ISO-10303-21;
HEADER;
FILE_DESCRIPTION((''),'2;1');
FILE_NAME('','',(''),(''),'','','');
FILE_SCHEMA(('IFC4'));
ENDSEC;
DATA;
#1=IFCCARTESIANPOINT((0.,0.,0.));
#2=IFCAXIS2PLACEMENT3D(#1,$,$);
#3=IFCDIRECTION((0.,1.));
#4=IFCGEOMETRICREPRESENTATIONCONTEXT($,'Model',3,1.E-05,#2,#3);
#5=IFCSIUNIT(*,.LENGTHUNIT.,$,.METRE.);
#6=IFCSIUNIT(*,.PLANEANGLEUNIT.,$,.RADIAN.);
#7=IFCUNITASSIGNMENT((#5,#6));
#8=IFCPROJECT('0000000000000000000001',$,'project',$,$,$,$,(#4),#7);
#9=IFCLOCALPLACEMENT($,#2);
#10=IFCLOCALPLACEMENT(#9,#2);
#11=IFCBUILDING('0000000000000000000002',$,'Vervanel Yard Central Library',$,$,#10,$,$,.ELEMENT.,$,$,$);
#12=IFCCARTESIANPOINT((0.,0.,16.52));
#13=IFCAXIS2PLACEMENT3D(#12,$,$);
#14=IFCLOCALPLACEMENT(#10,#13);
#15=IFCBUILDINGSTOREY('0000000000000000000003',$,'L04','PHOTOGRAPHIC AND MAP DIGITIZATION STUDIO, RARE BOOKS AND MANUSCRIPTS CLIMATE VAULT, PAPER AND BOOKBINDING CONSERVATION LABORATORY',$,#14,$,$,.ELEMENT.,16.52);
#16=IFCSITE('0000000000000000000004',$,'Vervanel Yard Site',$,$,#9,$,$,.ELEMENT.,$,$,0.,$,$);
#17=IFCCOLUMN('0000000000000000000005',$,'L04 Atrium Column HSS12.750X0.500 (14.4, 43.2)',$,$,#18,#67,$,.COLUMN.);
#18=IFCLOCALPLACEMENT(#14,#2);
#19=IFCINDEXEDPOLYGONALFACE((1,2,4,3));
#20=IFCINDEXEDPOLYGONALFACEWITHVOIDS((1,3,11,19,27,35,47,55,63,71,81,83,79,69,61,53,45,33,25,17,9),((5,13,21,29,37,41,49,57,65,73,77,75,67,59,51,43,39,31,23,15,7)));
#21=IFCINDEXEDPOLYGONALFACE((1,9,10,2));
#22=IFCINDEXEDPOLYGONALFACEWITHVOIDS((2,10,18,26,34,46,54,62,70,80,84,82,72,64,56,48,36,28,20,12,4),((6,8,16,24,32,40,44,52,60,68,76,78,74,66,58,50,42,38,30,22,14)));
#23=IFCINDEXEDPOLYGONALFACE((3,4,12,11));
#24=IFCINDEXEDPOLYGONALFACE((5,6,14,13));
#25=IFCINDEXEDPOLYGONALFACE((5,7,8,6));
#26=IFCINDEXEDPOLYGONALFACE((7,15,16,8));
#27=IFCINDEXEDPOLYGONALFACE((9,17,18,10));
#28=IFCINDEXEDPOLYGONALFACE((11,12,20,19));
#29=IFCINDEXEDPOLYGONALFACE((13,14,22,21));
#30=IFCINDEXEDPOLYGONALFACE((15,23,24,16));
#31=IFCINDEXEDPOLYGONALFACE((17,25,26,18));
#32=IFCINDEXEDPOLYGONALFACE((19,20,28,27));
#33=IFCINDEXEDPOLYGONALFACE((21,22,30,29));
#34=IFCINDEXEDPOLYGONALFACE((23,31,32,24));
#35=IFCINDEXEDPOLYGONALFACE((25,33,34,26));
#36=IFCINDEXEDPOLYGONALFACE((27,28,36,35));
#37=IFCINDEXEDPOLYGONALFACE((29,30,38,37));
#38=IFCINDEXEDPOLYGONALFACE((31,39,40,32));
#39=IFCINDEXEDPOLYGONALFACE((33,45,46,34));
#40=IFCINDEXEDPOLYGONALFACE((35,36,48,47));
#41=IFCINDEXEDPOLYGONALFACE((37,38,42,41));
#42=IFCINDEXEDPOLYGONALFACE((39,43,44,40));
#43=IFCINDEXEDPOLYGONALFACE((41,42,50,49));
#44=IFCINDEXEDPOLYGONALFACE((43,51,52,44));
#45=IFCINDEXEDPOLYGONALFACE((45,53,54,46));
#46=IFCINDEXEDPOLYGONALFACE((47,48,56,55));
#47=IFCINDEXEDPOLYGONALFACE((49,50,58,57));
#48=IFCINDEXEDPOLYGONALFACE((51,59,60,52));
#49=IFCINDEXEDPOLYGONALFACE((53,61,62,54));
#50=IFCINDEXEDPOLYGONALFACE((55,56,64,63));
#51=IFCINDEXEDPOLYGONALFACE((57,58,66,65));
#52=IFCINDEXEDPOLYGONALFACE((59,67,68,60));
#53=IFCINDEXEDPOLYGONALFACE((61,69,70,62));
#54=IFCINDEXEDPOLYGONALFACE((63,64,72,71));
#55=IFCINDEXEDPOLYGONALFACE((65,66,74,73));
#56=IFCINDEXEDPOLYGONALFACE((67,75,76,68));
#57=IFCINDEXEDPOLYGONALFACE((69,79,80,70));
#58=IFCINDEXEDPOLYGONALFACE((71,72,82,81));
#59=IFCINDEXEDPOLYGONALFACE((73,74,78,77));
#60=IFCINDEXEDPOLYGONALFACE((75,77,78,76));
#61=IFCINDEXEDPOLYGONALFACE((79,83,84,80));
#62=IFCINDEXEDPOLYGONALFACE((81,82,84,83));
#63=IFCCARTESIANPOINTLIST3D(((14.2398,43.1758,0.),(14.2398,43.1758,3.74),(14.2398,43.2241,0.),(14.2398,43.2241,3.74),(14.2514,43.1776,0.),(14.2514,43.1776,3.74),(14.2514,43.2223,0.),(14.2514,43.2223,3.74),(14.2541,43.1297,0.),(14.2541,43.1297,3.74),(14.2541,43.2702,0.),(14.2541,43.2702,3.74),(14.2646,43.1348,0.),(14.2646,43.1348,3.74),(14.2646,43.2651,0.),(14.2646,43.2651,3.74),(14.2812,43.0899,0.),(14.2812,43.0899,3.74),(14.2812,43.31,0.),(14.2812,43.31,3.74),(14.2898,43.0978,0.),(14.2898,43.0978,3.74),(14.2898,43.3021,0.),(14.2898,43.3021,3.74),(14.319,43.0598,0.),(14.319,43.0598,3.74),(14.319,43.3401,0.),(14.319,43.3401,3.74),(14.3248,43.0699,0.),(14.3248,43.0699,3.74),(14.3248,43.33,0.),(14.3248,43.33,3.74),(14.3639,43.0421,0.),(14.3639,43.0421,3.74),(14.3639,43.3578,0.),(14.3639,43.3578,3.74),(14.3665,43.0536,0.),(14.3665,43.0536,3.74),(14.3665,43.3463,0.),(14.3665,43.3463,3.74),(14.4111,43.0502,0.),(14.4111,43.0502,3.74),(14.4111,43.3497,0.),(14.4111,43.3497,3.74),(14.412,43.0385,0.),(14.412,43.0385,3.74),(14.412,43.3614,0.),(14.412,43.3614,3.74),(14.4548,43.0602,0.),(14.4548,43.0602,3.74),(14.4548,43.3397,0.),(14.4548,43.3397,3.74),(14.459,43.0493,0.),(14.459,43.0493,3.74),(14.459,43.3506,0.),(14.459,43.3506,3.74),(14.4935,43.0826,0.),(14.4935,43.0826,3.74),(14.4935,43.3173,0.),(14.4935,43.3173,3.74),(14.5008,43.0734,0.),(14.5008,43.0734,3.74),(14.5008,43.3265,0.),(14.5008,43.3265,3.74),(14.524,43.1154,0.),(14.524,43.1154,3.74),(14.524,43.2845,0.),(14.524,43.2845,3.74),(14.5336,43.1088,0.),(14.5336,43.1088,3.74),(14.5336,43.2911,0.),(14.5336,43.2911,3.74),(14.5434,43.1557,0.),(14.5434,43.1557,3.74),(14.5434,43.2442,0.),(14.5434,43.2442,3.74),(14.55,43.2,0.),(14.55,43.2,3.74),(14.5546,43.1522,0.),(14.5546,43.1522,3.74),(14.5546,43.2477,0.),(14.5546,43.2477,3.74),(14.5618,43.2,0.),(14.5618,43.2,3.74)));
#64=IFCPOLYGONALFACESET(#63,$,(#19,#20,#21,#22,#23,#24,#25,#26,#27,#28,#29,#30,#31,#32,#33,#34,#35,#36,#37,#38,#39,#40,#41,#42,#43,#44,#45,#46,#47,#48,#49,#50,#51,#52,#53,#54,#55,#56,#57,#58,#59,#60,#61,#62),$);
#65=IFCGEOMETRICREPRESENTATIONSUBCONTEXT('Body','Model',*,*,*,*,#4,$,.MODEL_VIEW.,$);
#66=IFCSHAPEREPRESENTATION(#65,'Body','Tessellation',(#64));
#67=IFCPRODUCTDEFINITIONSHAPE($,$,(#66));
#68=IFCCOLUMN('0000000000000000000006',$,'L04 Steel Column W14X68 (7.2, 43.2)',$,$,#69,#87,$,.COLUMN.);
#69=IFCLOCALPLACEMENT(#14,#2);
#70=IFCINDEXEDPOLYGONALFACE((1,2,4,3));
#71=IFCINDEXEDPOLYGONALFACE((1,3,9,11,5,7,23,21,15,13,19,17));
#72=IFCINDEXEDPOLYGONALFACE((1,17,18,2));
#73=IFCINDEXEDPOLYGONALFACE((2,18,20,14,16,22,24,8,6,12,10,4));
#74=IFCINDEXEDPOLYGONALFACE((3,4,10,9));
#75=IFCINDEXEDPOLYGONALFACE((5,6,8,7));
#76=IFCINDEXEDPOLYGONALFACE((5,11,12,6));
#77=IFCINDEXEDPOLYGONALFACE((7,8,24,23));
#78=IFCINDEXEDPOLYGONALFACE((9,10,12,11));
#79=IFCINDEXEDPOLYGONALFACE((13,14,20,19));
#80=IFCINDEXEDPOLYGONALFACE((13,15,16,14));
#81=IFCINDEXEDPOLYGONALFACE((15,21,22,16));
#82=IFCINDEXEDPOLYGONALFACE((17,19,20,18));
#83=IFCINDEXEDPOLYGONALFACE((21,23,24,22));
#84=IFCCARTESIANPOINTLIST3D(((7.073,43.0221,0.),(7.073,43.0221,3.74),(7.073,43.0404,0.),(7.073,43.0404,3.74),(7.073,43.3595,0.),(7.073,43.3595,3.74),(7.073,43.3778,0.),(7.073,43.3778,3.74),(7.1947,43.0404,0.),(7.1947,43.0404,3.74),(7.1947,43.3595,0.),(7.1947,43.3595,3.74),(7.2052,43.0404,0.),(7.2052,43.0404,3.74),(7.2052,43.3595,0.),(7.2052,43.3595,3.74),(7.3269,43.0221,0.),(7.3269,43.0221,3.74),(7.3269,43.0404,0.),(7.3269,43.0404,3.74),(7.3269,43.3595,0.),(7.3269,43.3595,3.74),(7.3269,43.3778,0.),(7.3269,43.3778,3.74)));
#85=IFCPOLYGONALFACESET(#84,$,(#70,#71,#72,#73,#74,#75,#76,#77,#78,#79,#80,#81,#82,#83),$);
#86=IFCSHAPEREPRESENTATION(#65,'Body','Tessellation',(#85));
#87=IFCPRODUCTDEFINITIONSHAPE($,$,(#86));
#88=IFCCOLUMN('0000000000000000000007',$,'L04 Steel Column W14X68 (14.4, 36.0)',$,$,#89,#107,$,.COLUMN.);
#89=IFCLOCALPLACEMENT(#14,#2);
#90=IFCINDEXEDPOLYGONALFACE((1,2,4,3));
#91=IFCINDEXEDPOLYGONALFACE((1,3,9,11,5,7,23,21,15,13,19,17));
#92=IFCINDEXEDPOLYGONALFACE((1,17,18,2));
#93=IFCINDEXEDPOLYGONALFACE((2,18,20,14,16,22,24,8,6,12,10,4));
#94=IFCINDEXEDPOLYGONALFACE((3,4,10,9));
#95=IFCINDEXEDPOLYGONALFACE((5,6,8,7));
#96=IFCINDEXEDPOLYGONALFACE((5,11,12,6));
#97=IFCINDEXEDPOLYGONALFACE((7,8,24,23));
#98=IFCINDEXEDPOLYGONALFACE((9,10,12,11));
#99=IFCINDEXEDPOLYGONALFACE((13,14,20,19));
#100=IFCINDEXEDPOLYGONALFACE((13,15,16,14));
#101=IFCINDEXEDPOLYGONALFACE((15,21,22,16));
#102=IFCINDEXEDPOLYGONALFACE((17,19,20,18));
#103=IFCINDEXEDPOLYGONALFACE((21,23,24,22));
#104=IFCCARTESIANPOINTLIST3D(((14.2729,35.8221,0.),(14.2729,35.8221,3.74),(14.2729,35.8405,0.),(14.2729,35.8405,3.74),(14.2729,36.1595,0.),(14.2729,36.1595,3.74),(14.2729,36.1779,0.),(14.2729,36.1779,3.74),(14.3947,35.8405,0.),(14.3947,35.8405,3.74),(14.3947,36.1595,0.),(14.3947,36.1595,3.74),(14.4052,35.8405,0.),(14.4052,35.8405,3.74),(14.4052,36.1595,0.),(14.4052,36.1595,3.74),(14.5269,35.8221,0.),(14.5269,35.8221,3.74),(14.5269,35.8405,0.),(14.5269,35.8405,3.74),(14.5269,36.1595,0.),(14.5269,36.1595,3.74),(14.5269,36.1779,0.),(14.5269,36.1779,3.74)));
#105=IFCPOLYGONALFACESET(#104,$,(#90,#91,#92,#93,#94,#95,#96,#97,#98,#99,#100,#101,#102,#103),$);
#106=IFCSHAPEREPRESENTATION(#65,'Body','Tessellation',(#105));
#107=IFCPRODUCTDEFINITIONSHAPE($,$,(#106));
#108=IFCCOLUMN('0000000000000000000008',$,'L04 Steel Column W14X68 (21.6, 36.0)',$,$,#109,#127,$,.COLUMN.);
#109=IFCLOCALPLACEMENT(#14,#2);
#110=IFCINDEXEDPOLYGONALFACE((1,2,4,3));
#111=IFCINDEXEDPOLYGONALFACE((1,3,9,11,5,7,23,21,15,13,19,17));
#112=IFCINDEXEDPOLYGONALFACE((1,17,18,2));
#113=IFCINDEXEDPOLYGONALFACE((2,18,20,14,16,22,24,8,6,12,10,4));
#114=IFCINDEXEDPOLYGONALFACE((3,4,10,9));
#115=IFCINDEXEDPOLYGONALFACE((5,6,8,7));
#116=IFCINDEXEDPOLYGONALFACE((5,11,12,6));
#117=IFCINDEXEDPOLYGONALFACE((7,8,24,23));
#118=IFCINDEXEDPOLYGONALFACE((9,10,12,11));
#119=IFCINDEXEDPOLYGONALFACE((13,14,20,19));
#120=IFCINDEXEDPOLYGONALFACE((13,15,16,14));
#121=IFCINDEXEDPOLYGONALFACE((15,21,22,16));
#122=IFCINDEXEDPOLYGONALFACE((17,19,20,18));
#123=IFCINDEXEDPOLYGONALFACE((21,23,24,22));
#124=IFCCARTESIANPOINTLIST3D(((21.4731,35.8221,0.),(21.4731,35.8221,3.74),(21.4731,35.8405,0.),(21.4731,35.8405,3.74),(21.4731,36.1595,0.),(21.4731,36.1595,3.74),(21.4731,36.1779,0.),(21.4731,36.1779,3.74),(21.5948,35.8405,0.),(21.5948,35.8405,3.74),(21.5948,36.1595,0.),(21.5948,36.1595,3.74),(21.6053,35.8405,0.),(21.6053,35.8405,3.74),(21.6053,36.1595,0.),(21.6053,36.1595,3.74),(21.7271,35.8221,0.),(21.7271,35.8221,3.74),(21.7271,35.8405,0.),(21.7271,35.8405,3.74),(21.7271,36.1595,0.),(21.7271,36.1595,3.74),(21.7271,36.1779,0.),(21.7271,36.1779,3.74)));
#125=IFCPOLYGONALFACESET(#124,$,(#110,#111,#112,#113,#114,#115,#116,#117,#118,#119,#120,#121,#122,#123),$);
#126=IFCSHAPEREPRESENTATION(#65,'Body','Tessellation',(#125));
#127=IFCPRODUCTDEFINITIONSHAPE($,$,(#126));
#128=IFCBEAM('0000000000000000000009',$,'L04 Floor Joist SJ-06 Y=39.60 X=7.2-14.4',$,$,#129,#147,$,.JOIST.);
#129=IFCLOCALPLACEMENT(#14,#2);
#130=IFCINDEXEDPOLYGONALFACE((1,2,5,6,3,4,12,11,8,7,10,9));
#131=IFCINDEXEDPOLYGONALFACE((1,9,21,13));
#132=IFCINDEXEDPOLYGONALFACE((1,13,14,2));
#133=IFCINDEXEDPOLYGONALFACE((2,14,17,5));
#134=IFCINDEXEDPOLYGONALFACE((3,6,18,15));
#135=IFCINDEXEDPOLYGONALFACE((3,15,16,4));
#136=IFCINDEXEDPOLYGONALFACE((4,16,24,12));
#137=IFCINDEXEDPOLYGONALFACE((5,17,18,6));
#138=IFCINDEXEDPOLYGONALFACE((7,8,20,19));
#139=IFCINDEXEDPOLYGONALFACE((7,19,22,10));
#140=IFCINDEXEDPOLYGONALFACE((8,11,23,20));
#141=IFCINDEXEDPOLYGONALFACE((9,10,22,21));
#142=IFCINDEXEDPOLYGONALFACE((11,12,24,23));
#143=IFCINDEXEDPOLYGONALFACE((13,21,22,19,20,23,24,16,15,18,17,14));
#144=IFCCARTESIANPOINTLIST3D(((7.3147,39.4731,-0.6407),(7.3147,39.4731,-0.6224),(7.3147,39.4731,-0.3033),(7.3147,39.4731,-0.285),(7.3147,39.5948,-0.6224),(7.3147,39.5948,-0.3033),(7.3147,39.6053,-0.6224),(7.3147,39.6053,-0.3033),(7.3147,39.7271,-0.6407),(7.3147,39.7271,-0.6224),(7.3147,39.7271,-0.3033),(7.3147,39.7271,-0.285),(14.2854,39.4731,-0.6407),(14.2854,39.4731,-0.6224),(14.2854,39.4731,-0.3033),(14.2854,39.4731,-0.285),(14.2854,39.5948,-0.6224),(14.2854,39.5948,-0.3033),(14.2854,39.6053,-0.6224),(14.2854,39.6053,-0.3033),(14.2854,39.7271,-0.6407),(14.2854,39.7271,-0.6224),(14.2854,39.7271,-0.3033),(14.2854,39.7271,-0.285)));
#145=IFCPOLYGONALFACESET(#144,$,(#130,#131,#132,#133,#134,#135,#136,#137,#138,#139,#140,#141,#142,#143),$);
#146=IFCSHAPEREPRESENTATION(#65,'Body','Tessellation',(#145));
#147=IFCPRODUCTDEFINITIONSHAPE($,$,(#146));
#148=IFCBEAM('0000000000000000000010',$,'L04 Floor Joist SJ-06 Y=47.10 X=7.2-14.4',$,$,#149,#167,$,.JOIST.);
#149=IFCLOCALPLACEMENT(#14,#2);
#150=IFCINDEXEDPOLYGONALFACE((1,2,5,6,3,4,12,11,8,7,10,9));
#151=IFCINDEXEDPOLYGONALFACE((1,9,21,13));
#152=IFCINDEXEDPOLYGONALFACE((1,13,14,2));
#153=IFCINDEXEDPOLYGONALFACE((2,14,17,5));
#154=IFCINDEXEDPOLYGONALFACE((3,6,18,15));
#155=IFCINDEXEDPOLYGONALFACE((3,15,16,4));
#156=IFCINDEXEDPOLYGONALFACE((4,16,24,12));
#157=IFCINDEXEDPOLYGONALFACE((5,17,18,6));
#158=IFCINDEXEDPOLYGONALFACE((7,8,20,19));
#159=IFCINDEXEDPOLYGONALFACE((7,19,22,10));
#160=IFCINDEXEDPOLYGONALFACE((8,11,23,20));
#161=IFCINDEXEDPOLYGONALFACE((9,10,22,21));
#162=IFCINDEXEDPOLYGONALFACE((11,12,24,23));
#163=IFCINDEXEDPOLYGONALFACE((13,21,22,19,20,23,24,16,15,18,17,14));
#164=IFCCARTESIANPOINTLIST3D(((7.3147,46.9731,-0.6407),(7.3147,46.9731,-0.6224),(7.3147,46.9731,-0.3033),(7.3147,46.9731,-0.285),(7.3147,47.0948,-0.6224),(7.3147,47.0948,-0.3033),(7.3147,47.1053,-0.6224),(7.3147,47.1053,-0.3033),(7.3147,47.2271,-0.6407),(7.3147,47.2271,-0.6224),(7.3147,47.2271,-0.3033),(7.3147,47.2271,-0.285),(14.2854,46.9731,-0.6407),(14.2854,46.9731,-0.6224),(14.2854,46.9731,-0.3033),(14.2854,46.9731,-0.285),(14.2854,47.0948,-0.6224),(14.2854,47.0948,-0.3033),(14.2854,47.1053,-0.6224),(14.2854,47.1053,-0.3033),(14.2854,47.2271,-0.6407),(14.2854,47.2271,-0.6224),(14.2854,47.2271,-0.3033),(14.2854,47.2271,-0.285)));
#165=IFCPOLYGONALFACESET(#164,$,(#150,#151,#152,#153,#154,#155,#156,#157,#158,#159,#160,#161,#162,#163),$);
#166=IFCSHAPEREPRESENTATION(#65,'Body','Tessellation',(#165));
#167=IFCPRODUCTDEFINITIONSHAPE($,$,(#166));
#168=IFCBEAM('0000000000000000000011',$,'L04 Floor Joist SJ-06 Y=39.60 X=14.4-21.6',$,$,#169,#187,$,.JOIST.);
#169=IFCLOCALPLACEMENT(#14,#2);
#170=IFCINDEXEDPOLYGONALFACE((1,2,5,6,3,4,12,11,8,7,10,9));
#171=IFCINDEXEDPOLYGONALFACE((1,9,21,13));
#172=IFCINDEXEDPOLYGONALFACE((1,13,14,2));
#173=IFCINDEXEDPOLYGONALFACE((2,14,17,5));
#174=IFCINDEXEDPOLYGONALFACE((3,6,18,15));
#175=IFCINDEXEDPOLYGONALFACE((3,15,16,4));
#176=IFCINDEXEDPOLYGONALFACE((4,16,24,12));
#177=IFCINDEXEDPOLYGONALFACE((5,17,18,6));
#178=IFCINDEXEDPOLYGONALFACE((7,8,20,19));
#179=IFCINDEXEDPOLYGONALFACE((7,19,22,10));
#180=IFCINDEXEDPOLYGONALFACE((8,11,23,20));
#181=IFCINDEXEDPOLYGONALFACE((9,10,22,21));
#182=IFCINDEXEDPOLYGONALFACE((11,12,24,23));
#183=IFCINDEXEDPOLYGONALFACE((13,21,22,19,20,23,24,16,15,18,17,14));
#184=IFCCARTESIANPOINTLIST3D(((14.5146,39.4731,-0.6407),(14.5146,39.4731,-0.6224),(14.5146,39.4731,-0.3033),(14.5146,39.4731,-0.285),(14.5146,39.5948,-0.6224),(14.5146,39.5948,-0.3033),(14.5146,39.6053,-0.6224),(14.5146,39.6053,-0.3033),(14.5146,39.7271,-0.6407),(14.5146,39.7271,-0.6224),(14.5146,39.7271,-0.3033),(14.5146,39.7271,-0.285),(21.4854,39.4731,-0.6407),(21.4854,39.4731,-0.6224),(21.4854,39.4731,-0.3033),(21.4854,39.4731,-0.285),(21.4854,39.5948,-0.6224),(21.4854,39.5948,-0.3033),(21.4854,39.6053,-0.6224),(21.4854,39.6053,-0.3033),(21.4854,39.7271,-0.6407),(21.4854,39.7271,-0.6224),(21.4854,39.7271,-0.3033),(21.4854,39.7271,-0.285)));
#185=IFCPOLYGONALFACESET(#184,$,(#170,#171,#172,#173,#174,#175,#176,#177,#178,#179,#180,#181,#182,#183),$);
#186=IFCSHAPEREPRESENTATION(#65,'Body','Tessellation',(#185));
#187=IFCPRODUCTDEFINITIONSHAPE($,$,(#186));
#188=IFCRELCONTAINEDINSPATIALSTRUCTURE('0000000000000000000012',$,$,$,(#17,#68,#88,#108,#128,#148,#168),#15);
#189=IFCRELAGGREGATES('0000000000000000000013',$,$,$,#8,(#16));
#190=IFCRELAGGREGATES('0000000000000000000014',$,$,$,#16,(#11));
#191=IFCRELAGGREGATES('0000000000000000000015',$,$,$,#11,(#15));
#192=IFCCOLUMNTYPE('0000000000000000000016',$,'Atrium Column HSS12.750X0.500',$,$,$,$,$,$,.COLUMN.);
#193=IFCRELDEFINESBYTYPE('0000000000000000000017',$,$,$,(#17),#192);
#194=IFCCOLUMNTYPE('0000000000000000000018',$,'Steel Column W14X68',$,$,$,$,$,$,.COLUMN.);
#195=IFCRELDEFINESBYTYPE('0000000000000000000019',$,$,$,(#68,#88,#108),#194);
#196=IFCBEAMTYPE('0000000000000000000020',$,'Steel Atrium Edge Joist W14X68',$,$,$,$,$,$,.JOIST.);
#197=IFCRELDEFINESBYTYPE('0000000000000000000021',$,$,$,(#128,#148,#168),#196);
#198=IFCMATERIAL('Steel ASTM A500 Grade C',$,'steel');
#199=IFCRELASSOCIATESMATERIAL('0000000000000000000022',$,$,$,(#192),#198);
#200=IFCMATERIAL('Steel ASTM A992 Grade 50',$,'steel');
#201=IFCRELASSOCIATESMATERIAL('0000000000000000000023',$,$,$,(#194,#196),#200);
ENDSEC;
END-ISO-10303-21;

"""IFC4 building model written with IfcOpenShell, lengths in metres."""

from ifc_helpers import new_model, si_unit, direction, frame, origin, origin_2d, place, context, subcontext, project, spatial, hollow_circle, i_section, extrude, material, material_profile, profile_set, type_object, element, save


model = new_model("IFC4")

# Units and contexts
model_context = context("Model", 3, precision=1e-05, world=origin(), true_north=direction((0.0, 1.0)))
body_context = subcontext(model_context, "Body", "Model", "MODEL_VIEW")
ifc_project = project(units=[si_unit("LENGTHUNIT", "METRE"), si_unit("PLANEANGLEUNIT", "RADIAN")], contexts=[model_context])

# Site, building, storey
site_placement = place(None, origin())
site = spatial("IfcSite", under=ifc_project, at=site_placement, Name="Vervanel Yard Site", CompositionType="ELEMENT", RefElevation=0.0)
building_placement = place(site_placement, origin())
building = spatial("IfcBuilding", under=site, at=building_placement, Name="Vervanel Yard Central Library", CompositionType="ELEMENT")
storey_placement = place(building_placement, frame((0.0, 0.0, 16.52)))
storey = spatial("IfcBuildingStorey", under=building, at=storey_placement, Name="L04", Description="PHOTOGRAPHIC AND MAP DIGITIZATION STUDIO, RARE BOOKS AND MANUSCRIPTS CLIMATE VAULT, PAPER AND BOOKBINDING CONSERVATION LABORATORY", CompositionType="ELEMENT", Elevation=16.52)

# Columns
ifc_material_1 = material(Name="Steel ASTM A500 Grade C", Category="steel")
ifc_material_profile_1 = material_profile(ifc_material_1, hollow_circle(Radius=0.1619, WallThickness=0.0117, at=origin_2d()), Name="HSS12.750X0.500", Category="steel")
ifc_profile_set_1 = profile_set([ifc_material_profile_1], Name="Steel ASTM A500 Grade C")
column_type_1 = type_object("IfcColumnType", Name="Atrium Column HSS12.750X0.500", PredefinedType="COLUMN", material=ifc_profile_set_1)
column_placement = place(storey_placement, frame((14.3999, 43.2, 0.0), z_axis=(0.0, 0.0, 1.0), x_axis=(1.0, 0.0, 0.0)))
element("IfcColumn", 1, at=column_placement, inside=storey, type_object=column_type_1, Name="L04 Atrium Column HSS12.750X0.500 (14.4, 43.2)", PredefinedType="COLUMN", context=body_context, shape_type="SweptSolid", body=[
    extrude(hollow_circle(Radius=0.1619, WallThickness=0.0117, at=origin_2d()), origin(), (0.0, 0.0, 1.0), 3.74),
])
ifc_material_2 = material(Name="Steel ASTM A992 Grade 50", Category="steel")
ifc_material_profile_2 = material_profile(ifc_material_2, i_section(OverallWidth=0.2539, OverallDepth=0.3557, WebThickness=0.0105, FlangeThickness=0.0183, at=origin_2d()), Name="W14X68", Category="steel")
ifc_profile_set_2 = profile_set([ifc_material_profile_2], Name="Steel ASTM A992 Grade 50")
column_type_2 = type_object("IfcColumnType", Name="Steel Column W14X68", PredefinedType="COLUMN", material=ifc_profile_set_2)
for number, where, z_axis, x_axis, name in (
    (2, (7.2, 43.2, 0.0), (0.0, 0.0, 1.0), (1.0, 0.0, 0.0), "L04 Steel Column W14X68 (7.2, 43.2)"),
    (3, (14.3999, 36.0, 0.0), (0.0, 0.0, 1.0), (1.0, 0.0, 0.0), "L04 Steel Column W14X68 (14.4, 36.0)"),
    (4, (21.6001, 36.0, 0.0), (0.0, 0.0, 1.0), (1.0, 0.0, 0.0), "L04 Steel Column W14X68 (21.6, 36.0)"),
):
    element("IfcColumn", number, at=place(storey_placement, frame(where, z_axis=z_axis, x_axis=x_axis)), inside=storey, type_object=column_type_2, Name=name, PredefinedType="COLUMN", context=body_context, shape_type="SweptSolid", body=[
        extrude(i_section(OverallWidth=0.2539, OverallDepth=0.3557, WebThickness=0.0105, FlangeThickness=0.0183, at=origin_2d()), origin(), (0.0, 0.0, 1.0), 3.74),
    ])

# Beams
ifc_material_profile_3 = material_profile(ifc_material_2, i_section(OverallWidth=0.2539, OverallDepth=0.3557, WebThickness=0.0105, FlangeThickness=0.0183, at=origin_2d()), Name="W14X68", Category="steel")
ifc_profile_set_3 = profile_set([ifc_material_profile_3], Name="Steel ASTM A992 Grade 50")
beam_type_1 = type_object("IfcBeamType", Name="Steel Atrium Edge Joist W14X68", PredefinedType="JOIST", material=ifc_profile_set_3)
for number, where, z_axis, x_axis, name in (
    (5, (7.3147, 39.6001, -0.4629), (1.0, 0.0, 0.0), (0.0, 1.0, 0.0), "L04 Floor Joist SJ-06 Y=39.60 X=7.2-14.4"),
    (6, (7.3147, 47.1001, -0.4629), (1.0, 0.0, 0.0), (0.0, 1.0, 0.0), "L04 Floor Joist SJ-06 Y=47.10 X=7.2-14.4"),
    (7, (14.5146, 39.6001, -0.4629), (1.0, 0.0, 0.0), (0.0, 1.0, 0.0), "L04 Floor Joist SJ-06 Y=39.60 X=14.4-21.6"),
):
    element("IfcBeam", number, at=place(storey_placement, frame(where, z_axis=z_axis, x_axis=x_axis)), inside=storey, type_object=beam_type_1, Name=name, PredefinedType="JOIST", context=body_context, shape_type="SweptSolid", body=[
        extrude(i_section(OverallWidth=0.2539, OverallDepth=0.3557, WebThickness=0.0105, FlangeThickness=0.0183, at=origin_2d()), origin(), (0.0, 0.0, 1.0), 6.9707),
    ])

save(model, "model.ifc")
